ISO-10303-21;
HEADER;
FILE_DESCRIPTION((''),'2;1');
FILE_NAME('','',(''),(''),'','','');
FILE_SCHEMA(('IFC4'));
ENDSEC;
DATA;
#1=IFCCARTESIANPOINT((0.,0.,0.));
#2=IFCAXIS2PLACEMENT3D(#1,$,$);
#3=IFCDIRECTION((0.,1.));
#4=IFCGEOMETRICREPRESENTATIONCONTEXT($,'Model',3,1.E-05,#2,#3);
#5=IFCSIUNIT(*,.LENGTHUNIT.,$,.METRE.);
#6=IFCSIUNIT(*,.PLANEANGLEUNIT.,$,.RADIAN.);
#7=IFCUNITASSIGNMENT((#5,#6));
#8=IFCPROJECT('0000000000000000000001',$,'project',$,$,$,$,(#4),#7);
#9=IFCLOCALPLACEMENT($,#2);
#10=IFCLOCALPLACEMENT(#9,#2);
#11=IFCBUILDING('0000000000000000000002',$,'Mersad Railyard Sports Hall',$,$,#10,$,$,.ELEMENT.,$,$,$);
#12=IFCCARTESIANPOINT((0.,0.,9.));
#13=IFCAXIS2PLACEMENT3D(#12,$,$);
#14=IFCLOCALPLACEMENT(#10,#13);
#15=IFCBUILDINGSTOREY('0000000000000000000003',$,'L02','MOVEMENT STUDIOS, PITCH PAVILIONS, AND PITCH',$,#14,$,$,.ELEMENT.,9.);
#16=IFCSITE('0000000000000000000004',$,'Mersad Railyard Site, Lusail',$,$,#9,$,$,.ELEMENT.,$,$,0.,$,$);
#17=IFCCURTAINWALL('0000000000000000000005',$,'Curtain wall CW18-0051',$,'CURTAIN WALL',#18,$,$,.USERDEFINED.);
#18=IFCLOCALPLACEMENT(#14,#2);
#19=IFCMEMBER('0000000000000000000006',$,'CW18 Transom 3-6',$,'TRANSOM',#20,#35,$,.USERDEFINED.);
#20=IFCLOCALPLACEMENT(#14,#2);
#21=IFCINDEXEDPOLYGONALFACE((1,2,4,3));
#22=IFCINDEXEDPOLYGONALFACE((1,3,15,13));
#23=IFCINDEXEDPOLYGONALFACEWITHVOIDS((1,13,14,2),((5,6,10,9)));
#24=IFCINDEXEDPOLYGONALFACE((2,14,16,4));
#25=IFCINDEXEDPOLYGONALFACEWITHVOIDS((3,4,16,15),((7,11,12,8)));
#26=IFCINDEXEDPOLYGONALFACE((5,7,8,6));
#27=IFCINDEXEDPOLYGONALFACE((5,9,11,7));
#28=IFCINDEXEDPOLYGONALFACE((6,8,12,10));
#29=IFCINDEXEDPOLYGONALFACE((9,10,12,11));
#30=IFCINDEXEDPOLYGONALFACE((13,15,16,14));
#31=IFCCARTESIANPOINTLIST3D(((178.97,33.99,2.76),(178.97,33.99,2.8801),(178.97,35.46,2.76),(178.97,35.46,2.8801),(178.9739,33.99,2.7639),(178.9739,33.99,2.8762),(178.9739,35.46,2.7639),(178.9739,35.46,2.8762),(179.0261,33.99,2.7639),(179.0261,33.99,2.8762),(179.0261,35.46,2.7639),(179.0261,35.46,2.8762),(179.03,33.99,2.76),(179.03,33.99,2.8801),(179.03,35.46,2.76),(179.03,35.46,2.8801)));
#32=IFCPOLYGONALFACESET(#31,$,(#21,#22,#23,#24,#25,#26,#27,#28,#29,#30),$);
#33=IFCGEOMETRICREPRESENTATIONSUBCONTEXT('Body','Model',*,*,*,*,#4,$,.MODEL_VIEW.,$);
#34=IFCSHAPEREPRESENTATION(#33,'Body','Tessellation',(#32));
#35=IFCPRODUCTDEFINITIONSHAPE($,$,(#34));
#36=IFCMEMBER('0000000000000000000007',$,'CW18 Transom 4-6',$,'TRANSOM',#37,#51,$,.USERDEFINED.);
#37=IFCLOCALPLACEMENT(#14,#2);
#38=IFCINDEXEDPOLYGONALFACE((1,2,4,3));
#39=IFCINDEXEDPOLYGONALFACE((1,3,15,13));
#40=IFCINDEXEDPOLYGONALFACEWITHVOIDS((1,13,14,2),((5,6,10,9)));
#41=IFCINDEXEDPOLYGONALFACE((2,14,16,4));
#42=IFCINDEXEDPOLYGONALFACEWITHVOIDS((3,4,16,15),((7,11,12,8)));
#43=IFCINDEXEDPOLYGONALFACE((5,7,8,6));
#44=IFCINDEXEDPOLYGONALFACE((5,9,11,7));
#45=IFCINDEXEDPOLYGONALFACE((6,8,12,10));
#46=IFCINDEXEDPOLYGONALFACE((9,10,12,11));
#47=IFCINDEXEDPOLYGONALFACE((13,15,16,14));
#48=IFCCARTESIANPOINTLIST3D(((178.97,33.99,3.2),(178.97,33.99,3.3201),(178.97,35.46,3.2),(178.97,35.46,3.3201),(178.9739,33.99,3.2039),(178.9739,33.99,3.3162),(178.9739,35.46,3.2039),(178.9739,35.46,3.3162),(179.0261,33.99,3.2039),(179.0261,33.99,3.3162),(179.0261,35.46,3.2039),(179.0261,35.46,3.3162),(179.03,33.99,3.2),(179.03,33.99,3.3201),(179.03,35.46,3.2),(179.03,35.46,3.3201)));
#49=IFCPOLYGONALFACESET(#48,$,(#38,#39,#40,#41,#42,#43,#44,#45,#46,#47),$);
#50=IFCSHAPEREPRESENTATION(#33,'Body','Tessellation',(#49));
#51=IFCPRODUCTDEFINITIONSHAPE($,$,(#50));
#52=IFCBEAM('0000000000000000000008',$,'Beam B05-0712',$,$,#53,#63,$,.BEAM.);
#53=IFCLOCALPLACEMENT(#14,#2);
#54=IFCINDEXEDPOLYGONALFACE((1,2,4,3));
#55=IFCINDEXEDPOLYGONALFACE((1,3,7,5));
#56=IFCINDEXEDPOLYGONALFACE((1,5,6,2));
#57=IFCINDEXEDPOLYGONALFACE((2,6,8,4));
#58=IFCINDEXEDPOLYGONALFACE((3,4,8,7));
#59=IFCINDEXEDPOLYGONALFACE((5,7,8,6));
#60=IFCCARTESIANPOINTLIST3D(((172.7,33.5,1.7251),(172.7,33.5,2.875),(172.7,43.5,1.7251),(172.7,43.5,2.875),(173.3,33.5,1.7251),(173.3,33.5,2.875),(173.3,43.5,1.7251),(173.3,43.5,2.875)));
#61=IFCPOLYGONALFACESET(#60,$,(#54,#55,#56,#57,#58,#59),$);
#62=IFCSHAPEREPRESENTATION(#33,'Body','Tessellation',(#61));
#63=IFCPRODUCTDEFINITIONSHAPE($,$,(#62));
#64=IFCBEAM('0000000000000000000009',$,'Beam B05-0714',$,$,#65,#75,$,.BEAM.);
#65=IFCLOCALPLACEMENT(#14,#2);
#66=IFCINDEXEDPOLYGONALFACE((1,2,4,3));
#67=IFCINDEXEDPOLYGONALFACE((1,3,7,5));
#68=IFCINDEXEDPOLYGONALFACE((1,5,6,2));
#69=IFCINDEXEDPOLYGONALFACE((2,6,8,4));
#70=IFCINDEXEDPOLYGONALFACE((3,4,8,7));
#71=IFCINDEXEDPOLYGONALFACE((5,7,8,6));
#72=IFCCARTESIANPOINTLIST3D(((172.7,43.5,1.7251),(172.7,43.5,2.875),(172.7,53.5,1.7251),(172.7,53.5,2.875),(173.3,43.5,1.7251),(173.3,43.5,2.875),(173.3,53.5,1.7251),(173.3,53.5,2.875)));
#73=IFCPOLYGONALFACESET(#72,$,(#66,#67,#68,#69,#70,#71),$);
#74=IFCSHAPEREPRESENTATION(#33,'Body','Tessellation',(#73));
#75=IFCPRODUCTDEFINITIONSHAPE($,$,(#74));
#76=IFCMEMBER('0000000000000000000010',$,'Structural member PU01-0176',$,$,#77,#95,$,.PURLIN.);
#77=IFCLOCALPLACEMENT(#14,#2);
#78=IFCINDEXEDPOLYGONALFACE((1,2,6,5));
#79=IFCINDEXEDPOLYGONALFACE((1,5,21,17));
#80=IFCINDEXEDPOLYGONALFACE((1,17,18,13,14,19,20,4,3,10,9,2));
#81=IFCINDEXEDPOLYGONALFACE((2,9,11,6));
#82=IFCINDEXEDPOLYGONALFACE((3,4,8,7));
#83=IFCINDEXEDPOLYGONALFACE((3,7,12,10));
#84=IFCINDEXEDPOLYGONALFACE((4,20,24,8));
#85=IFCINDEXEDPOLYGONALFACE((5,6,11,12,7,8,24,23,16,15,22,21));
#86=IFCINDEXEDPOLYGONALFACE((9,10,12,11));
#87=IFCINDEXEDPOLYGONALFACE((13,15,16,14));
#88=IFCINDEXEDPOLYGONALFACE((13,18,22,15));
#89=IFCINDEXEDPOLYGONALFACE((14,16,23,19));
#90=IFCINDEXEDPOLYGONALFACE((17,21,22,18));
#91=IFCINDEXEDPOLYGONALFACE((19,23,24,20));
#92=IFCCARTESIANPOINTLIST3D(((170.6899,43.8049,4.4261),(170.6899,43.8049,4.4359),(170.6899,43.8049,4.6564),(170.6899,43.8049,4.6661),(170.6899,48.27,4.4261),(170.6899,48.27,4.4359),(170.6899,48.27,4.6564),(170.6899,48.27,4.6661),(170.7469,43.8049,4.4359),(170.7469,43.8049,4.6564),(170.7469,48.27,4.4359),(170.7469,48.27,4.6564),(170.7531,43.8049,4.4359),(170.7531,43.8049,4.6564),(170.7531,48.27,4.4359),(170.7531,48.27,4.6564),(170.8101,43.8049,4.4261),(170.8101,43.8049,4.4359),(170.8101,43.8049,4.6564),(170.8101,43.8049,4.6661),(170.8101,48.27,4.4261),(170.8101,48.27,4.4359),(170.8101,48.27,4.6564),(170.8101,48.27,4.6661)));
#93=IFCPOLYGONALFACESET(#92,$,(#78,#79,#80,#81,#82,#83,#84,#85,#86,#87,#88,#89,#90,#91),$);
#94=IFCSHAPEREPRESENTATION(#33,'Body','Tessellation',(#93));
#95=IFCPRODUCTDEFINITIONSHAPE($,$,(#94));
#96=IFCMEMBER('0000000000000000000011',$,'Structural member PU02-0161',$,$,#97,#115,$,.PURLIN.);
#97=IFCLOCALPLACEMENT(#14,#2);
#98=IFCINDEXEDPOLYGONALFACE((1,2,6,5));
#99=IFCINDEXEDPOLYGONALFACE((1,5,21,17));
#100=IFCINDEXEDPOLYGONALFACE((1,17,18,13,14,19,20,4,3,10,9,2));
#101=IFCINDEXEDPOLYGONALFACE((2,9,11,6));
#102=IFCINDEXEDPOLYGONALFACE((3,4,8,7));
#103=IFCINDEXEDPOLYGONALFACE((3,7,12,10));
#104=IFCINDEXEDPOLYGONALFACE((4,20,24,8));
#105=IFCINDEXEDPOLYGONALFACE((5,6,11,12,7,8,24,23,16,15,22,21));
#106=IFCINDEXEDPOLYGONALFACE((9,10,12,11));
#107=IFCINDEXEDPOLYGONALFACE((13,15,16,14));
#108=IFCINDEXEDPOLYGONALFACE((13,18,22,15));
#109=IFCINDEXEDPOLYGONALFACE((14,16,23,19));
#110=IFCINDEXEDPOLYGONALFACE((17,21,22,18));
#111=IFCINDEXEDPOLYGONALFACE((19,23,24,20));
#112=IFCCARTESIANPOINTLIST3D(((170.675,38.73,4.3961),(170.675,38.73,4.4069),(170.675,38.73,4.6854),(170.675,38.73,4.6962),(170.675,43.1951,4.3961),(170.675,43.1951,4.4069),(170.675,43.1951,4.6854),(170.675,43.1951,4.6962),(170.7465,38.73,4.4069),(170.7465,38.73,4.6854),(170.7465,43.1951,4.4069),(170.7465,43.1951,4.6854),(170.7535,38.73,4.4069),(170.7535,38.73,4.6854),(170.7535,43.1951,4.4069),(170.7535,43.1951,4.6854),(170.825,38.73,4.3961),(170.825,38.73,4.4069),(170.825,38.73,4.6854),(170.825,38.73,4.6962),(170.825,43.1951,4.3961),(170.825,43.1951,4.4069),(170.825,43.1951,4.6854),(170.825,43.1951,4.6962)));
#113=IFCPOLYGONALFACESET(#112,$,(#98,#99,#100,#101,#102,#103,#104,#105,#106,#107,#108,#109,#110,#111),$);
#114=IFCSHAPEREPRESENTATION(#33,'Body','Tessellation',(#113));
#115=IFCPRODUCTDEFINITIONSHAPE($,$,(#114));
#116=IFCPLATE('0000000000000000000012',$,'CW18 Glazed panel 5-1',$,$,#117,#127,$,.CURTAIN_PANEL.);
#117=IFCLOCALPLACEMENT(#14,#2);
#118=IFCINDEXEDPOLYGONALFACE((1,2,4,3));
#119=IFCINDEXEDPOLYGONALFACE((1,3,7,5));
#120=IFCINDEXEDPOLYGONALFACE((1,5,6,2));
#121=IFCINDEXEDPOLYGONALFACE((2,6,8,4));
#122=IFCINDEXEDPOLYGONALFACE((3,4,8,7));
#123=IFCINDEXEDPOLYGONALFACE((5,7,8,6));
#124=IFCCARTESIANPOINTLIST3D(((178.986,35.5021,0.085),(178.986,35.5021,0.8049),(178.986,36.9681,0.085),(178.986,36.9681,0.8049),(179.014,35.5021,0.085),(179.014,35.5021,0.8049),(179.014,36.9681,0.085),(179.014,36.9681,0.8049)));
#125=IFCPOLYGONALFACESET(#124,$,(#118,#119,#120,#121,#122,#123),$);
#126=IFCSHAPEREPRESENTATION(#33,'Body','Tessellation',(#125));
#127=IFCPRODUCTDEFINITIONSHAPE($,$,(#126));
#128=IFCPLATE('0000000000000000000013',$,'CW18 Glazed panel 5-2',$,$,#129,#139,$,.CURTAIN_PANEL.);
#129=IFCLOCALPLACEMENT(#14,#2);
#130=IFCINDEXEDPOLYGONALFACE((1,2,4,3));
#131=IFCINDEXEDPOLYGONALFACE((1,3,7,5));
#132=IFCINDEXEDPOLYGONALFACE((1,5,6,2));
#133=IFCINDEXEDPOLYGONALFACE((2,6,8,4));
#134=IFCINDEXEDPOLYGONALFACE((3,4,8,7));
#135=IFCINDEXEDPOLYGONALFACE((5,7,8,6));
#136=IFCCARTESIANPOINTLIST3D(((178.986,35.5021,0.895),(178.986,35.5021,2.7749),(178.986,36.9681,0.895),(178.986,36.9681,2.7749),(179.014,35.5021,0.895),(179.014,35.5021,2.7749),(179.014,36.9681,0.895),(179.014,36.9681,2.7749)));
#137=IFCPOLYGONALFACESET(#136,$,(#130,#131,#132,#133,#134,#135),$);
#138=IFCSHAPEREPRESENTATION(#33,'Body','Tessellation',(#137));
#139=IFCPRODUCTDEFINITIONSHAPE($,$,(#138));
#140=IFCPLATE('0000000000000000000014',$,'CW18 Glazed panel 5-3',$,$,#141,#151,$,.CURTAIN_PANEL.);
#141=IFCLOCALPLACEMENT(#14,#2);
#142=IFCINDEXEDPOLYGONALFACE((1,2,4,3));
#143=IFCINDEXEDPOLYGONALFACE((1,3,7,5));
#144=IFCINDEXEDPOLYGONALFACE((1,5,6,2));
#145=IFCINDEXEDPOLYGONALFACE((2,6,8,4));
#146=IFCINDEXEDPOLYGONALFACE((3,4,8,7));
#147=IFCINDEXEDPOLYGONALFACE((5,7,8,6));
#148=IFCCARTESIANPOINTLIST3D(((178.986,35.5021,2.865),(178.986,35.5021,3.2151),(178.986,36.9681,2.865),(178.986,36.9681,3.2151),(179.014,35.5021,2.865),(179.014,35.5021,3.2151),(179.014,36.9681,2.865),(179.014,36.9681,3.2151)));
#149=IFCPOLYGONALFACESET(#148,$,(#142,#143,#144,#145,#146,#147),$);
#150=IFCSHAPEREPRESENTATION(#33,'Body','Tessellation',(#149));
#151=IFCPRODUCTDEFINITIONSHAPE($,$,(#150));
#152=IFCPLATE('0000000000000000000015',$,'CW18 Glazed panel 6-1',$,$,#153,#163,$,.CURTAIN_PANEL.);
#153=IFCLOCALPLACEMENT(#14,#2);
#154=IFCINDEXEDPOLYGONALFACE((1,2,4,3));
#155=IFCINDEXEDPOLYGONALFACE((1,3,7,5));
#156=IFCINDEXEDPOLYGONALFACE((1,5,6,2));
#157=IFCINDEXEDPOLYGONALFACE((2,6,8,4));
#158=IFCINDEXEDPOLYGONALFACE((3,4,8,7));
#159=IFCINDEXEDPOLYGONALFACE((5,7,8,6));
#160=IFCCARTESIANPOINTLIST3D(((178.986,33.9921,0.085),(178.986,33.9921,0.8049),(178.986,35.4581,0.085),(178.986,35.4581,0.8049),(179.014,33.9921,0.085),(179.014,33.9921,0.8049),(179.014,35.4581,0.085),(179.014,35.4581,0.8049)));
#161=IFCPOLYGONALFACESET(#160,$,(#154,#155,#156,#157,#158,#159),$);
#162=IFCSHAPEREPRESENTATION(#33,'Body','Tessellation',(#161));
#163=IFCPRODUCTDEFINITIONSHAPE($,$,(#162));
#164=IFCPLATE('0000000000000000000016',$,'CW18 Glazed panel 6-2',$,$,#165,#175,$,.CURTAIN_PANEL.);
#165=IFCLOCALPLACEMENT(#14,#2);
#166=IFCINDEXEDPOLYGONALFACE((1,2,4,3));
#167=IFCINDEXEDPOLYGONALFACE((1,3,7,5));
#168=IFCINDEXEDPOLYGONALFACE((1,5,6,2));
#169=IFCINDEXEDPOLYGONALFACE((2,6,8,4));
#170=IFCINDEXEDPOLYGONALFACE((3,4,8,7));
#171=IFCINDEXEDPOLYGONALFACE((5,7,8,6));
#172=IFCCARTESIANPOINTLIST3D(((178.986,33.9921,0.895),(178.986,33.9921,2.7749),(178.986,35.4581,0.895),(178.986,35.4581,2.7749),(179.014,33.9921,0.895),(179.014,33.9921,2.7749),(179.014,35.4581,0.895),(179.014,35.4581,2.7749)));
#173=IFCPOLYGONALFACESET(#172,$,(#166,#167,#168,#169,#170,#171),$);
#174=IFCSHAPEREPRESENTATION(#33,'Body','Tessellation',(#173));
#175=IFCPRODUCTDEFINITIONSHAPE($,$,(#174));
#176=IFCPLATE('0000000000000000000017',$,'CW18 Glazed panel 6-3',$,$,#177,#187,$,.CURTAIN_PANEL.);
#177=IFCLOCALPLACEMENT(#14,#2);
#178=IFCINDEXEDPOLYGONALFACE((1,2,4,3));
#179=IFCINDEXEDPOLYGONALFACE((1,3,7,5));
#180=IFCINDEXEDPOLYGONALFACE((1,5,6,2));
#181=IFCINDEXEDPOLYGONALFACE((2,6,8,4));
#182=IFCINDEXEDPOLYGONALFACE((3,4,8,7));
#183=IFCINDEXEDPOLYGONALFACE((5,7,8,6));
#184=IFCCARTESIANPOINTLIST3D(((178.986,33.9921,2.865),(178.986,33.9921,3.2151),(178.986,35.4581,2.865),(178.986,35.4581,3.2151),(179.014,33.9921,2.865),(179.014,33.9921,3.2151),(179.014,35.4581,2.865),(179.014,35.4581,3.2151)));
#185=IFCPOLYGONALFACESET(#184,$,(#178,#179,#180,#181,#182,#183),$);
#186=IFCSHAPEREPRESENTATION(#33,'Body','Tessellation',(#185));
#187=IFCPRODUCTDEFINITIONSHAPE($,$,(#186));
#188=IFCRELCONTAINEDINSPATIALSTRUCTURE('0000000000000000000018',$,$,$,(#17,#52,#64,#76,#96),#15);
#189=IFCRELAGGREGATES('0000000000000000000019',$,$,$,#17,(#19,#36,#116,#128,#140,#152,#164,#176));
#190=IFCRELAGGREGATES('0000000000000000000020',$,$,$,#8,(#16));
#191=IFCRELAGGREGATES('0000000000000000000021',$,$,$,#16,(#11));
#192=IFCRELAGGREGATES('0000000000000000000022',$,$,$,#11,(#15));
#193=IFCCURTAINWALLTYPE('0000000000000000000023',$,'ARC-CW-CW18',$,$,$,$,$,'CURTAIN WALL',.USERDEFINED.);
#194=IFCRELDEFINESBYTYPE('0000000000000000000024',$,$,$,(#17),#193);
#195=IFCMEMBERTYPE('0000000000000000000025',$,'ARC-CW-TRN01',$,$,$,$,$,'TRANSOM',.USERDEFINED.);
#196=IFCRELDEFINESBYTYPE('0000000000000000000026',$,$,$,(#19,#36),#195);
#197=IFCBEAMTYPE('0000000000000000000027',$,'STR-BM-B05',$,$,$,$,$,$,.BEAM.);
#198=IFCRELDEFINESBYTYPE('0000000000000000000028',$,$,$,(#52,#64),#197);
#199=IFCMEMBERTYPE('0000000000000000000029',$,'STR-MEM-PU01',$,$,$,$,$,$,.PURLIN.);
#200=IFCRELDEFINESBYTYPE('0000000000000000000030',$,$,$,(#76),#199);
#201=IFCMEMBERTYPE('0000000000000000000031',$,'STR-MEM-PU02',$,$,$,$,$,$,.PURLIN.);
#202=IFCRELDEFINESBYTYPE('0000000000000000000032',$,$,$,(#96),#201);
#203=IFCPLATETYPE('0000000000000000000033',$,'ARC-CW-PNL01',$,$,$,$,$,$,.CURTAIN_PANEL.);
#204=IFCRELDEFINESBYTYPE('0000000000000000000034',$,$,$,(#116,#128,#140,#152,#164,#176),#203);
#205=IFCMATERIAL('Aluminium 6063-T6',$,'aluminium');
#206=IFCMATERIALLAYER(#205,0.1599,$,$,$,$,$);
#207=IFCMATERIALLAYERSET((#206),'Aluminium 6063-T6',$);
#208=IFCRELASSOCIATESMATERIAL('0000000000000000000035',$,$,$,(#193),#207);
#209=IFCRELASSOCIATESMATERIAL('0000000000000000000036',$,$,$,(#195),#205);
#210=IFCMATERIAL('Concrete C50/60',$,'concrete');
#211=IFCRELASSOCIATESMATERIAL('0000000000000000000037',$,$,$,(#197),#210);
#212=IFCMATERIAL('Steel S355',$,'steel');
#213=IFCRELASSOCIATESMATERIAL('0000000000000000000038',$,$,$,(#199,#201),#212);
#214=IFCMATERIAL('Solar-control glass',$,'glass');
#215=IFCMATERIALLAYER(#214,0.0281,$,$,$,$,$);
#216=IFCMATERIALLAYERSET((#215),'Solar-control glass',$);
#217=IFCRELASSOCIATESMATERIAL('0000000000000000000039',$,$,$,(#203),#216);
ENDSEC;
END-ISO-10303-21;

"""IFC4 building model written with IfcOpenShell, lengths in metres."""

from ifc_helpers import new_model, si_unit, direction, frame, origin, origin_2d, place, context, subcontext, project, spatial, rectangle, hollow_rectangle, i_section, extrude, material, layer, layer_set, material_profile, profile_set, type_object, element, aggregate, save


model = new_model("IFC4")

# Units and contexts
model_context = context("Model", 3, precision=1e-05, world=origin(), true_north=direction((0.0, 1.0)))
body_context = subcontext(model_context, "Body", "Model", "MODEL_VIEW")
ifc_project = project(units=[si_unit("LENGTHUNIT", "METRE"), si_unit("PLANEANGLEUNIT", "RADIAN")], contexts=[model_context])

# Site, building, storey
site_placement = place(None, origin())
site = spatial("IfcSite", under=ifc_project, at=site_placement, Name="Mersad Railyard Site, Lusail", CompositionType="ELEMENT", RefElevation=0.0)
building_placement = place(site_placement, origin())
building = spatial("IfcBuilding", under=site, at=building_placement, Name="Mersad Railyard Sports Hall", CompositionType="ELEMENT")
storey_placement = place(building_placement, frame((0.0, 0.0, 9.0)))
storey = spatial("IfcBuildingStorey", under=building, at=storey_placement, Name="L02", Description="MOVEMENT STUDIOS, PITCH PAVILIONS, AND PITCH", CompositionType="ELEMENT", Elevation=9.0)

# Shared definitions
ifc_material_1 = material(Name="Concrete C50/60", Category="concrete")

# Shared definitions
ifc_material_2 = material(Name="Aluminium 6063-T6", Category="aluminium")

# Curtain wall
ifc_layer_1 = layer(ifc_material_2, 0.1599)
ifc_layer_set_1 = layer_set([ifc_layer_1], Name="Aluminium 6063-T6")
curtain_wall_type_1 = type_object("IfcCurtainWallType", Name="ARC-CW-CW18", ElementType="CURTAIN WALL", PredefinedType="USERDEFINED", material=ifc_layer_set_1)
curtain_wall_1_placement = place(storey_placement, origin())
curtain_wall_1 = element("IfcCurtainWall", 1, at=curtain_wall_1_placement, inside=storey, type_object=curtain_wall_type_1, Name="Curtain wall CW18-0051", ObjectType="CURTAIN WALL", PredefinedType="USERDEFINED")

# Members
ifc_material_profile_1 = material_profile(ifc_material_2, hollow_rectangle(XDim=0.0601, YDim=0.1201, WallThickness=0.0039, at=origin_2d()), Name="AL TRANSOM 60x120x4")
ifc_profile_set_1 = profile_set([ifc_material_profile_1], Name="Aluminium 6063-T6")
member_type_1 = type_object("IfcMemberType", Name="ARC-CW-TRN01", ElementType="TRANSOM", PredefinedType="USERDEFINED", material=ifc_profile_set_1)
member_1_placement = place(storey_placement, frame((179.0, 35.46, 2.8201), z_axis=(0.0, -1.0, 0.0), x_axis=(1.0, 0.0, 0.0)))
member_1 = element("IfcMember", 2, at=member_1_placement, type_object=member_type_1, Name="CW18 Transom 3-6", ObjectType="TRANSOM", PredefinedType="USERDEFINED", context=body_context, shape_type="SweptSolid", body=[
    extrude(hollow_rectangle(XDim=0.0601, YDim=0.1201, WallThickness=0.0039, at=origin_2d()), origin(), (0.0, 0.0, 1.0), 1.47),
])
member_2_placement = place(storey_placement, frame((179.0, 35.46, 3.26), z_axis=(0.0, -1.0, 0.0), x_axis=(1.0, 0.0, 0.0)))
member_2 = element("IfcMember", 3, at=member_2_placement, type_object=member_type_1, Name="CW18 Transom 4-6", ObjectType="TRANSOM", PredefinedType="USERDEFINED", context=body_context, shape_type="SweptSolid", body=[
    extrude(hollow_rectangle(XDim=0.0601, YDim=0.1201, WallThickness=0.0039, at=origin_2d()), origin(), (0.0, 0.0, 1.0), 1.47),
])

# Beams
ifc_material_profile_2 = material_profile(ifc_material_1, rectangle(XDim=0.6001, YDim=1.1499, at=origin_2d()), Name="RC 600x1150")
ifc_profile_set_2 = profile_set([ifc_material_profile_2], Name="Concrete C50/60")
beam_type = type_object("IfcBeamType", Name="STR-BM-B05", PredefinedType="BEAM", material=ifc_profile_set_2)
for number, where, z_axis, x_axis, name in (
    (4, (173.0, 33.5, 2.3), (0.0, 1.0, 0.0), (-1.0, 0.0, 0.0), "Beam B05-0712"),
    (5, (173.0, 43.5, 2.3), (0.0, 1.0, 0.0), (-1.0, 0.0, 0.0), "Beam B05-0714"),
):
    element("IfcBeam", number, at=place(storey_placement, frame(where, z_axis=z_axis, x_axis=x_axis)), inside=storey, type_object=beam_type, Name=name, PredefinedType="BEAM", context=body_context, shape_type="SweptSolid", body=[
        extrude(rectangle(XDim=0.6001, YDim=1.1499, at=origin_2d()), origin(), (0.0, 0.0, 1.0), 10.0),
    ])

# Members
ifc_material_3 = material(Name="Steel S355", Category="steel")
ifc_material_profile_3 = material_profile(ifc_material_3, i_section(OverallWidth=0.1201, OverallDepth=0.24, WebThickness=0.0061, FlangeThickness=0.0098, at=origin_2d()), Name="IPE 240")
ifc_profile_set_3 = profile_set([ifc_material_profile_3], Name="Steel S355")
member_type_2 = type_object("IfcMemberType", Name="STR-MEM-PU01", PredefinedType="PURLIN", material=ifc_profile_set_3)
member_3_placement = place(storey_placement, frame((170.75, 43.8049, 4.5461), z_axis=(0.0, 1.0, 0.0), x_axis=(-1.0, 0.0, 0.0)))
element("IfcMember", 6, at=member_3_placement, inside=storey, type_object=member_type_2, Name="Structural member PU01-0176", PredefinedType="PURLIN", context=body_context, shape_type="SweptSolid", body=[
    extrude(i_section(OverallWidth=0.1201, OverallDepth=0.24, WebThickness=0.0061, FlangeThickness=0.0098, at=origin_2d()), origin(), (0.0, 0.0, 1.0), 4.4651),
])
ifc_material_profile_4 = material_profile(ifc_material_3, i_section(OverallWidth=0.1499, OverallDepth=0.3, WebThickness=0.0071, FlangeThickness=0.0107, at=origin_2d()), Name="IPE 300")
ifc_profile_set_4 = profile_set([ifc_material_profile_4], Name="Steel S355")
member_type_3 = type_object("IfcMemberType", Name="STR-MEM-PU02", PredefinedType="PURLIN", material=ifc_profile_set_4)
member_4_placement = place(storey_placement, frame((170.75, 38.73, 4.5461), z_axis=(0.0, 1.0, 0.0), x_axis=(-1.0, 0.0, 0.0)))
element("IfcMember", 7, at=member_4_placement, inside=storey, type_object=member_type_3, Name="Structural member PU02-0161", PredefinedType="PURLIN", context=body_context, shape_type="SweptSolid", body=[
    extrude(i_section(OverallWidth=0.1499, OverallDepth=0.3, WebThickness=0.0071, FlangeThickness=0.0107, at=origin_2d()), origin(), (0.0, 0.0, 1.0), 4.4651),
])

# Plates
ifc_material_4 = material(Name="Solar-control glass", Category="glass")
ifc_layer_2 = layer(ifc_material_4, 0.0281)
ifc_layer_set_2 = layer_set([ifc_layer_2], Name="Solar-control glass")
plate_type = type_object("IfcPlateType", Name="ARC-CW-PNL01", PredefinedType="CURTAIN_PANEL", material=ifc_layer_set_2)
plate_1_placement = place(storey_placement, frame((179.0, 36.2351, 0.085), z_axis=(0.0, 0.0, 1.0), x_axis=(0.0, -1.0, 0.0)))
plate_1 = element("IfcPlate", 8, at=plate_1_placement, type_object=plate_type, Name="CW18 Glazed panel 5-1", PredefinedType="CURTAIN_PANEL", context=body_context, shape_type="SweptSolid", body=[
    extrude(rectangle(XDim=1.4661, YDim=0.0281, at=origin_2d()), origin(), (0.0, 0.0, 1.0), 0.72),
])
plate_2_placement = place(storey_placement, frame((179.0, 36.2351, 0.895), z_axis=(0.0, 0.0, 1.0), x_axis=(0.0, -1.0, 0.0)))
plate_2 = element("IfcPlate", 9, at=plate_2_placement, type_object=plate_type, Name="CW18 Glazed panel 5-2", PredefinedType="CURTAIN_PANEL", context=body_context, shape_type="SweptSolid", body=[
    extrude(rectangle(XDim=1.4661, YDim=0.0281, at=origin_2d()), origin(), (0.0, 0.0, 1.0), 1.8799),
])
plate_3_placement = place(storey_placement, frame((179.0, 36.2351, 2.865), z_axis=(0.0, 0.0, 1.0), x_axis=(0.0, -1.0, 0.0)))
plate_3 = element("IfcPlate", 10, at=plate_3_placement, type_object=plate_type, Name="CW18 Glazed panel 5-3", PredefinedType="CURTAIN_PANEL", context=body_context, shape_type="SweptSolid", body=[
    extrude(rectangle(XDim=1.4661, YDim=0.0281, at=origin_2d()), origin(), (0.0, 0.0, 1.0), 0.3501),
])
plate_4_placement = place(storey_placement, frame((179.0, 34.7251, 0.085), z_axis=(0.0, 0.0, 1.0), x_axis=(0.0, -1.0, 0.0)))
plate_4 = element("IfcPlate", 11, at=plate_4_placement, type_object=plate_type, Name="CW18 Glazed panel 6-1", PredefinedType="CURTAIN_PANEL", context=body_context, shape_type="SweptSolid", body=[
    extrude(rectangle(XDim=1.4661, YDim=0.0281, at=origin_2d()), origin(), (0.0, 0.0, 1.0), 0.72),
])
plate_5_placement = place(storey_placement, frame((179.0, 34.7251, 0.895), z_axis=(0.0, 0.0, 1.0), x_axis=(0.0, -1.0, 0.0)))
plate_5 = element("IfcPlate", 12, at=plate_5_placement, type_object=plate_type, Name="CW18 Glazed panel 6-2", PredefinedType="CURTAIN_PANEL", context=body_context, shape_type="SweptSolid", body=[
    extrude(rectangle(XDim=1.4661, YDim=0.0281, at=origin_2d()), origin(), (0.0, 0.0, 1.0), 1.8799),
])
plate_6_placement = place(storey_placement, frame((179.0, 34.7251, 2.865), z_axis=(0.0, 0.0, 1.0), x_axis=(0.0, -1.0, 0.0)))
plate_6 = element("IfcPlate", 13, at=plate_6_placement, type_object=plate_type, Name="CW18 Glazed panel 6-3", PredefinedType="CURTAIN_PANEL", context=body_context, shape_type="SweptSolid", body=[
    extrude(rectangle(XDim=1.4661, YDim=0.0281, at=origin_2d()), origin(), (0.0, 0.0, 1.0), 0.3501),
])
aggregate(curtain_wall_1, [member_1, member_2, plate_1, plate_2, plate_3, plate_4, plate_5, plate_6])

save(model, "model.ifc")
